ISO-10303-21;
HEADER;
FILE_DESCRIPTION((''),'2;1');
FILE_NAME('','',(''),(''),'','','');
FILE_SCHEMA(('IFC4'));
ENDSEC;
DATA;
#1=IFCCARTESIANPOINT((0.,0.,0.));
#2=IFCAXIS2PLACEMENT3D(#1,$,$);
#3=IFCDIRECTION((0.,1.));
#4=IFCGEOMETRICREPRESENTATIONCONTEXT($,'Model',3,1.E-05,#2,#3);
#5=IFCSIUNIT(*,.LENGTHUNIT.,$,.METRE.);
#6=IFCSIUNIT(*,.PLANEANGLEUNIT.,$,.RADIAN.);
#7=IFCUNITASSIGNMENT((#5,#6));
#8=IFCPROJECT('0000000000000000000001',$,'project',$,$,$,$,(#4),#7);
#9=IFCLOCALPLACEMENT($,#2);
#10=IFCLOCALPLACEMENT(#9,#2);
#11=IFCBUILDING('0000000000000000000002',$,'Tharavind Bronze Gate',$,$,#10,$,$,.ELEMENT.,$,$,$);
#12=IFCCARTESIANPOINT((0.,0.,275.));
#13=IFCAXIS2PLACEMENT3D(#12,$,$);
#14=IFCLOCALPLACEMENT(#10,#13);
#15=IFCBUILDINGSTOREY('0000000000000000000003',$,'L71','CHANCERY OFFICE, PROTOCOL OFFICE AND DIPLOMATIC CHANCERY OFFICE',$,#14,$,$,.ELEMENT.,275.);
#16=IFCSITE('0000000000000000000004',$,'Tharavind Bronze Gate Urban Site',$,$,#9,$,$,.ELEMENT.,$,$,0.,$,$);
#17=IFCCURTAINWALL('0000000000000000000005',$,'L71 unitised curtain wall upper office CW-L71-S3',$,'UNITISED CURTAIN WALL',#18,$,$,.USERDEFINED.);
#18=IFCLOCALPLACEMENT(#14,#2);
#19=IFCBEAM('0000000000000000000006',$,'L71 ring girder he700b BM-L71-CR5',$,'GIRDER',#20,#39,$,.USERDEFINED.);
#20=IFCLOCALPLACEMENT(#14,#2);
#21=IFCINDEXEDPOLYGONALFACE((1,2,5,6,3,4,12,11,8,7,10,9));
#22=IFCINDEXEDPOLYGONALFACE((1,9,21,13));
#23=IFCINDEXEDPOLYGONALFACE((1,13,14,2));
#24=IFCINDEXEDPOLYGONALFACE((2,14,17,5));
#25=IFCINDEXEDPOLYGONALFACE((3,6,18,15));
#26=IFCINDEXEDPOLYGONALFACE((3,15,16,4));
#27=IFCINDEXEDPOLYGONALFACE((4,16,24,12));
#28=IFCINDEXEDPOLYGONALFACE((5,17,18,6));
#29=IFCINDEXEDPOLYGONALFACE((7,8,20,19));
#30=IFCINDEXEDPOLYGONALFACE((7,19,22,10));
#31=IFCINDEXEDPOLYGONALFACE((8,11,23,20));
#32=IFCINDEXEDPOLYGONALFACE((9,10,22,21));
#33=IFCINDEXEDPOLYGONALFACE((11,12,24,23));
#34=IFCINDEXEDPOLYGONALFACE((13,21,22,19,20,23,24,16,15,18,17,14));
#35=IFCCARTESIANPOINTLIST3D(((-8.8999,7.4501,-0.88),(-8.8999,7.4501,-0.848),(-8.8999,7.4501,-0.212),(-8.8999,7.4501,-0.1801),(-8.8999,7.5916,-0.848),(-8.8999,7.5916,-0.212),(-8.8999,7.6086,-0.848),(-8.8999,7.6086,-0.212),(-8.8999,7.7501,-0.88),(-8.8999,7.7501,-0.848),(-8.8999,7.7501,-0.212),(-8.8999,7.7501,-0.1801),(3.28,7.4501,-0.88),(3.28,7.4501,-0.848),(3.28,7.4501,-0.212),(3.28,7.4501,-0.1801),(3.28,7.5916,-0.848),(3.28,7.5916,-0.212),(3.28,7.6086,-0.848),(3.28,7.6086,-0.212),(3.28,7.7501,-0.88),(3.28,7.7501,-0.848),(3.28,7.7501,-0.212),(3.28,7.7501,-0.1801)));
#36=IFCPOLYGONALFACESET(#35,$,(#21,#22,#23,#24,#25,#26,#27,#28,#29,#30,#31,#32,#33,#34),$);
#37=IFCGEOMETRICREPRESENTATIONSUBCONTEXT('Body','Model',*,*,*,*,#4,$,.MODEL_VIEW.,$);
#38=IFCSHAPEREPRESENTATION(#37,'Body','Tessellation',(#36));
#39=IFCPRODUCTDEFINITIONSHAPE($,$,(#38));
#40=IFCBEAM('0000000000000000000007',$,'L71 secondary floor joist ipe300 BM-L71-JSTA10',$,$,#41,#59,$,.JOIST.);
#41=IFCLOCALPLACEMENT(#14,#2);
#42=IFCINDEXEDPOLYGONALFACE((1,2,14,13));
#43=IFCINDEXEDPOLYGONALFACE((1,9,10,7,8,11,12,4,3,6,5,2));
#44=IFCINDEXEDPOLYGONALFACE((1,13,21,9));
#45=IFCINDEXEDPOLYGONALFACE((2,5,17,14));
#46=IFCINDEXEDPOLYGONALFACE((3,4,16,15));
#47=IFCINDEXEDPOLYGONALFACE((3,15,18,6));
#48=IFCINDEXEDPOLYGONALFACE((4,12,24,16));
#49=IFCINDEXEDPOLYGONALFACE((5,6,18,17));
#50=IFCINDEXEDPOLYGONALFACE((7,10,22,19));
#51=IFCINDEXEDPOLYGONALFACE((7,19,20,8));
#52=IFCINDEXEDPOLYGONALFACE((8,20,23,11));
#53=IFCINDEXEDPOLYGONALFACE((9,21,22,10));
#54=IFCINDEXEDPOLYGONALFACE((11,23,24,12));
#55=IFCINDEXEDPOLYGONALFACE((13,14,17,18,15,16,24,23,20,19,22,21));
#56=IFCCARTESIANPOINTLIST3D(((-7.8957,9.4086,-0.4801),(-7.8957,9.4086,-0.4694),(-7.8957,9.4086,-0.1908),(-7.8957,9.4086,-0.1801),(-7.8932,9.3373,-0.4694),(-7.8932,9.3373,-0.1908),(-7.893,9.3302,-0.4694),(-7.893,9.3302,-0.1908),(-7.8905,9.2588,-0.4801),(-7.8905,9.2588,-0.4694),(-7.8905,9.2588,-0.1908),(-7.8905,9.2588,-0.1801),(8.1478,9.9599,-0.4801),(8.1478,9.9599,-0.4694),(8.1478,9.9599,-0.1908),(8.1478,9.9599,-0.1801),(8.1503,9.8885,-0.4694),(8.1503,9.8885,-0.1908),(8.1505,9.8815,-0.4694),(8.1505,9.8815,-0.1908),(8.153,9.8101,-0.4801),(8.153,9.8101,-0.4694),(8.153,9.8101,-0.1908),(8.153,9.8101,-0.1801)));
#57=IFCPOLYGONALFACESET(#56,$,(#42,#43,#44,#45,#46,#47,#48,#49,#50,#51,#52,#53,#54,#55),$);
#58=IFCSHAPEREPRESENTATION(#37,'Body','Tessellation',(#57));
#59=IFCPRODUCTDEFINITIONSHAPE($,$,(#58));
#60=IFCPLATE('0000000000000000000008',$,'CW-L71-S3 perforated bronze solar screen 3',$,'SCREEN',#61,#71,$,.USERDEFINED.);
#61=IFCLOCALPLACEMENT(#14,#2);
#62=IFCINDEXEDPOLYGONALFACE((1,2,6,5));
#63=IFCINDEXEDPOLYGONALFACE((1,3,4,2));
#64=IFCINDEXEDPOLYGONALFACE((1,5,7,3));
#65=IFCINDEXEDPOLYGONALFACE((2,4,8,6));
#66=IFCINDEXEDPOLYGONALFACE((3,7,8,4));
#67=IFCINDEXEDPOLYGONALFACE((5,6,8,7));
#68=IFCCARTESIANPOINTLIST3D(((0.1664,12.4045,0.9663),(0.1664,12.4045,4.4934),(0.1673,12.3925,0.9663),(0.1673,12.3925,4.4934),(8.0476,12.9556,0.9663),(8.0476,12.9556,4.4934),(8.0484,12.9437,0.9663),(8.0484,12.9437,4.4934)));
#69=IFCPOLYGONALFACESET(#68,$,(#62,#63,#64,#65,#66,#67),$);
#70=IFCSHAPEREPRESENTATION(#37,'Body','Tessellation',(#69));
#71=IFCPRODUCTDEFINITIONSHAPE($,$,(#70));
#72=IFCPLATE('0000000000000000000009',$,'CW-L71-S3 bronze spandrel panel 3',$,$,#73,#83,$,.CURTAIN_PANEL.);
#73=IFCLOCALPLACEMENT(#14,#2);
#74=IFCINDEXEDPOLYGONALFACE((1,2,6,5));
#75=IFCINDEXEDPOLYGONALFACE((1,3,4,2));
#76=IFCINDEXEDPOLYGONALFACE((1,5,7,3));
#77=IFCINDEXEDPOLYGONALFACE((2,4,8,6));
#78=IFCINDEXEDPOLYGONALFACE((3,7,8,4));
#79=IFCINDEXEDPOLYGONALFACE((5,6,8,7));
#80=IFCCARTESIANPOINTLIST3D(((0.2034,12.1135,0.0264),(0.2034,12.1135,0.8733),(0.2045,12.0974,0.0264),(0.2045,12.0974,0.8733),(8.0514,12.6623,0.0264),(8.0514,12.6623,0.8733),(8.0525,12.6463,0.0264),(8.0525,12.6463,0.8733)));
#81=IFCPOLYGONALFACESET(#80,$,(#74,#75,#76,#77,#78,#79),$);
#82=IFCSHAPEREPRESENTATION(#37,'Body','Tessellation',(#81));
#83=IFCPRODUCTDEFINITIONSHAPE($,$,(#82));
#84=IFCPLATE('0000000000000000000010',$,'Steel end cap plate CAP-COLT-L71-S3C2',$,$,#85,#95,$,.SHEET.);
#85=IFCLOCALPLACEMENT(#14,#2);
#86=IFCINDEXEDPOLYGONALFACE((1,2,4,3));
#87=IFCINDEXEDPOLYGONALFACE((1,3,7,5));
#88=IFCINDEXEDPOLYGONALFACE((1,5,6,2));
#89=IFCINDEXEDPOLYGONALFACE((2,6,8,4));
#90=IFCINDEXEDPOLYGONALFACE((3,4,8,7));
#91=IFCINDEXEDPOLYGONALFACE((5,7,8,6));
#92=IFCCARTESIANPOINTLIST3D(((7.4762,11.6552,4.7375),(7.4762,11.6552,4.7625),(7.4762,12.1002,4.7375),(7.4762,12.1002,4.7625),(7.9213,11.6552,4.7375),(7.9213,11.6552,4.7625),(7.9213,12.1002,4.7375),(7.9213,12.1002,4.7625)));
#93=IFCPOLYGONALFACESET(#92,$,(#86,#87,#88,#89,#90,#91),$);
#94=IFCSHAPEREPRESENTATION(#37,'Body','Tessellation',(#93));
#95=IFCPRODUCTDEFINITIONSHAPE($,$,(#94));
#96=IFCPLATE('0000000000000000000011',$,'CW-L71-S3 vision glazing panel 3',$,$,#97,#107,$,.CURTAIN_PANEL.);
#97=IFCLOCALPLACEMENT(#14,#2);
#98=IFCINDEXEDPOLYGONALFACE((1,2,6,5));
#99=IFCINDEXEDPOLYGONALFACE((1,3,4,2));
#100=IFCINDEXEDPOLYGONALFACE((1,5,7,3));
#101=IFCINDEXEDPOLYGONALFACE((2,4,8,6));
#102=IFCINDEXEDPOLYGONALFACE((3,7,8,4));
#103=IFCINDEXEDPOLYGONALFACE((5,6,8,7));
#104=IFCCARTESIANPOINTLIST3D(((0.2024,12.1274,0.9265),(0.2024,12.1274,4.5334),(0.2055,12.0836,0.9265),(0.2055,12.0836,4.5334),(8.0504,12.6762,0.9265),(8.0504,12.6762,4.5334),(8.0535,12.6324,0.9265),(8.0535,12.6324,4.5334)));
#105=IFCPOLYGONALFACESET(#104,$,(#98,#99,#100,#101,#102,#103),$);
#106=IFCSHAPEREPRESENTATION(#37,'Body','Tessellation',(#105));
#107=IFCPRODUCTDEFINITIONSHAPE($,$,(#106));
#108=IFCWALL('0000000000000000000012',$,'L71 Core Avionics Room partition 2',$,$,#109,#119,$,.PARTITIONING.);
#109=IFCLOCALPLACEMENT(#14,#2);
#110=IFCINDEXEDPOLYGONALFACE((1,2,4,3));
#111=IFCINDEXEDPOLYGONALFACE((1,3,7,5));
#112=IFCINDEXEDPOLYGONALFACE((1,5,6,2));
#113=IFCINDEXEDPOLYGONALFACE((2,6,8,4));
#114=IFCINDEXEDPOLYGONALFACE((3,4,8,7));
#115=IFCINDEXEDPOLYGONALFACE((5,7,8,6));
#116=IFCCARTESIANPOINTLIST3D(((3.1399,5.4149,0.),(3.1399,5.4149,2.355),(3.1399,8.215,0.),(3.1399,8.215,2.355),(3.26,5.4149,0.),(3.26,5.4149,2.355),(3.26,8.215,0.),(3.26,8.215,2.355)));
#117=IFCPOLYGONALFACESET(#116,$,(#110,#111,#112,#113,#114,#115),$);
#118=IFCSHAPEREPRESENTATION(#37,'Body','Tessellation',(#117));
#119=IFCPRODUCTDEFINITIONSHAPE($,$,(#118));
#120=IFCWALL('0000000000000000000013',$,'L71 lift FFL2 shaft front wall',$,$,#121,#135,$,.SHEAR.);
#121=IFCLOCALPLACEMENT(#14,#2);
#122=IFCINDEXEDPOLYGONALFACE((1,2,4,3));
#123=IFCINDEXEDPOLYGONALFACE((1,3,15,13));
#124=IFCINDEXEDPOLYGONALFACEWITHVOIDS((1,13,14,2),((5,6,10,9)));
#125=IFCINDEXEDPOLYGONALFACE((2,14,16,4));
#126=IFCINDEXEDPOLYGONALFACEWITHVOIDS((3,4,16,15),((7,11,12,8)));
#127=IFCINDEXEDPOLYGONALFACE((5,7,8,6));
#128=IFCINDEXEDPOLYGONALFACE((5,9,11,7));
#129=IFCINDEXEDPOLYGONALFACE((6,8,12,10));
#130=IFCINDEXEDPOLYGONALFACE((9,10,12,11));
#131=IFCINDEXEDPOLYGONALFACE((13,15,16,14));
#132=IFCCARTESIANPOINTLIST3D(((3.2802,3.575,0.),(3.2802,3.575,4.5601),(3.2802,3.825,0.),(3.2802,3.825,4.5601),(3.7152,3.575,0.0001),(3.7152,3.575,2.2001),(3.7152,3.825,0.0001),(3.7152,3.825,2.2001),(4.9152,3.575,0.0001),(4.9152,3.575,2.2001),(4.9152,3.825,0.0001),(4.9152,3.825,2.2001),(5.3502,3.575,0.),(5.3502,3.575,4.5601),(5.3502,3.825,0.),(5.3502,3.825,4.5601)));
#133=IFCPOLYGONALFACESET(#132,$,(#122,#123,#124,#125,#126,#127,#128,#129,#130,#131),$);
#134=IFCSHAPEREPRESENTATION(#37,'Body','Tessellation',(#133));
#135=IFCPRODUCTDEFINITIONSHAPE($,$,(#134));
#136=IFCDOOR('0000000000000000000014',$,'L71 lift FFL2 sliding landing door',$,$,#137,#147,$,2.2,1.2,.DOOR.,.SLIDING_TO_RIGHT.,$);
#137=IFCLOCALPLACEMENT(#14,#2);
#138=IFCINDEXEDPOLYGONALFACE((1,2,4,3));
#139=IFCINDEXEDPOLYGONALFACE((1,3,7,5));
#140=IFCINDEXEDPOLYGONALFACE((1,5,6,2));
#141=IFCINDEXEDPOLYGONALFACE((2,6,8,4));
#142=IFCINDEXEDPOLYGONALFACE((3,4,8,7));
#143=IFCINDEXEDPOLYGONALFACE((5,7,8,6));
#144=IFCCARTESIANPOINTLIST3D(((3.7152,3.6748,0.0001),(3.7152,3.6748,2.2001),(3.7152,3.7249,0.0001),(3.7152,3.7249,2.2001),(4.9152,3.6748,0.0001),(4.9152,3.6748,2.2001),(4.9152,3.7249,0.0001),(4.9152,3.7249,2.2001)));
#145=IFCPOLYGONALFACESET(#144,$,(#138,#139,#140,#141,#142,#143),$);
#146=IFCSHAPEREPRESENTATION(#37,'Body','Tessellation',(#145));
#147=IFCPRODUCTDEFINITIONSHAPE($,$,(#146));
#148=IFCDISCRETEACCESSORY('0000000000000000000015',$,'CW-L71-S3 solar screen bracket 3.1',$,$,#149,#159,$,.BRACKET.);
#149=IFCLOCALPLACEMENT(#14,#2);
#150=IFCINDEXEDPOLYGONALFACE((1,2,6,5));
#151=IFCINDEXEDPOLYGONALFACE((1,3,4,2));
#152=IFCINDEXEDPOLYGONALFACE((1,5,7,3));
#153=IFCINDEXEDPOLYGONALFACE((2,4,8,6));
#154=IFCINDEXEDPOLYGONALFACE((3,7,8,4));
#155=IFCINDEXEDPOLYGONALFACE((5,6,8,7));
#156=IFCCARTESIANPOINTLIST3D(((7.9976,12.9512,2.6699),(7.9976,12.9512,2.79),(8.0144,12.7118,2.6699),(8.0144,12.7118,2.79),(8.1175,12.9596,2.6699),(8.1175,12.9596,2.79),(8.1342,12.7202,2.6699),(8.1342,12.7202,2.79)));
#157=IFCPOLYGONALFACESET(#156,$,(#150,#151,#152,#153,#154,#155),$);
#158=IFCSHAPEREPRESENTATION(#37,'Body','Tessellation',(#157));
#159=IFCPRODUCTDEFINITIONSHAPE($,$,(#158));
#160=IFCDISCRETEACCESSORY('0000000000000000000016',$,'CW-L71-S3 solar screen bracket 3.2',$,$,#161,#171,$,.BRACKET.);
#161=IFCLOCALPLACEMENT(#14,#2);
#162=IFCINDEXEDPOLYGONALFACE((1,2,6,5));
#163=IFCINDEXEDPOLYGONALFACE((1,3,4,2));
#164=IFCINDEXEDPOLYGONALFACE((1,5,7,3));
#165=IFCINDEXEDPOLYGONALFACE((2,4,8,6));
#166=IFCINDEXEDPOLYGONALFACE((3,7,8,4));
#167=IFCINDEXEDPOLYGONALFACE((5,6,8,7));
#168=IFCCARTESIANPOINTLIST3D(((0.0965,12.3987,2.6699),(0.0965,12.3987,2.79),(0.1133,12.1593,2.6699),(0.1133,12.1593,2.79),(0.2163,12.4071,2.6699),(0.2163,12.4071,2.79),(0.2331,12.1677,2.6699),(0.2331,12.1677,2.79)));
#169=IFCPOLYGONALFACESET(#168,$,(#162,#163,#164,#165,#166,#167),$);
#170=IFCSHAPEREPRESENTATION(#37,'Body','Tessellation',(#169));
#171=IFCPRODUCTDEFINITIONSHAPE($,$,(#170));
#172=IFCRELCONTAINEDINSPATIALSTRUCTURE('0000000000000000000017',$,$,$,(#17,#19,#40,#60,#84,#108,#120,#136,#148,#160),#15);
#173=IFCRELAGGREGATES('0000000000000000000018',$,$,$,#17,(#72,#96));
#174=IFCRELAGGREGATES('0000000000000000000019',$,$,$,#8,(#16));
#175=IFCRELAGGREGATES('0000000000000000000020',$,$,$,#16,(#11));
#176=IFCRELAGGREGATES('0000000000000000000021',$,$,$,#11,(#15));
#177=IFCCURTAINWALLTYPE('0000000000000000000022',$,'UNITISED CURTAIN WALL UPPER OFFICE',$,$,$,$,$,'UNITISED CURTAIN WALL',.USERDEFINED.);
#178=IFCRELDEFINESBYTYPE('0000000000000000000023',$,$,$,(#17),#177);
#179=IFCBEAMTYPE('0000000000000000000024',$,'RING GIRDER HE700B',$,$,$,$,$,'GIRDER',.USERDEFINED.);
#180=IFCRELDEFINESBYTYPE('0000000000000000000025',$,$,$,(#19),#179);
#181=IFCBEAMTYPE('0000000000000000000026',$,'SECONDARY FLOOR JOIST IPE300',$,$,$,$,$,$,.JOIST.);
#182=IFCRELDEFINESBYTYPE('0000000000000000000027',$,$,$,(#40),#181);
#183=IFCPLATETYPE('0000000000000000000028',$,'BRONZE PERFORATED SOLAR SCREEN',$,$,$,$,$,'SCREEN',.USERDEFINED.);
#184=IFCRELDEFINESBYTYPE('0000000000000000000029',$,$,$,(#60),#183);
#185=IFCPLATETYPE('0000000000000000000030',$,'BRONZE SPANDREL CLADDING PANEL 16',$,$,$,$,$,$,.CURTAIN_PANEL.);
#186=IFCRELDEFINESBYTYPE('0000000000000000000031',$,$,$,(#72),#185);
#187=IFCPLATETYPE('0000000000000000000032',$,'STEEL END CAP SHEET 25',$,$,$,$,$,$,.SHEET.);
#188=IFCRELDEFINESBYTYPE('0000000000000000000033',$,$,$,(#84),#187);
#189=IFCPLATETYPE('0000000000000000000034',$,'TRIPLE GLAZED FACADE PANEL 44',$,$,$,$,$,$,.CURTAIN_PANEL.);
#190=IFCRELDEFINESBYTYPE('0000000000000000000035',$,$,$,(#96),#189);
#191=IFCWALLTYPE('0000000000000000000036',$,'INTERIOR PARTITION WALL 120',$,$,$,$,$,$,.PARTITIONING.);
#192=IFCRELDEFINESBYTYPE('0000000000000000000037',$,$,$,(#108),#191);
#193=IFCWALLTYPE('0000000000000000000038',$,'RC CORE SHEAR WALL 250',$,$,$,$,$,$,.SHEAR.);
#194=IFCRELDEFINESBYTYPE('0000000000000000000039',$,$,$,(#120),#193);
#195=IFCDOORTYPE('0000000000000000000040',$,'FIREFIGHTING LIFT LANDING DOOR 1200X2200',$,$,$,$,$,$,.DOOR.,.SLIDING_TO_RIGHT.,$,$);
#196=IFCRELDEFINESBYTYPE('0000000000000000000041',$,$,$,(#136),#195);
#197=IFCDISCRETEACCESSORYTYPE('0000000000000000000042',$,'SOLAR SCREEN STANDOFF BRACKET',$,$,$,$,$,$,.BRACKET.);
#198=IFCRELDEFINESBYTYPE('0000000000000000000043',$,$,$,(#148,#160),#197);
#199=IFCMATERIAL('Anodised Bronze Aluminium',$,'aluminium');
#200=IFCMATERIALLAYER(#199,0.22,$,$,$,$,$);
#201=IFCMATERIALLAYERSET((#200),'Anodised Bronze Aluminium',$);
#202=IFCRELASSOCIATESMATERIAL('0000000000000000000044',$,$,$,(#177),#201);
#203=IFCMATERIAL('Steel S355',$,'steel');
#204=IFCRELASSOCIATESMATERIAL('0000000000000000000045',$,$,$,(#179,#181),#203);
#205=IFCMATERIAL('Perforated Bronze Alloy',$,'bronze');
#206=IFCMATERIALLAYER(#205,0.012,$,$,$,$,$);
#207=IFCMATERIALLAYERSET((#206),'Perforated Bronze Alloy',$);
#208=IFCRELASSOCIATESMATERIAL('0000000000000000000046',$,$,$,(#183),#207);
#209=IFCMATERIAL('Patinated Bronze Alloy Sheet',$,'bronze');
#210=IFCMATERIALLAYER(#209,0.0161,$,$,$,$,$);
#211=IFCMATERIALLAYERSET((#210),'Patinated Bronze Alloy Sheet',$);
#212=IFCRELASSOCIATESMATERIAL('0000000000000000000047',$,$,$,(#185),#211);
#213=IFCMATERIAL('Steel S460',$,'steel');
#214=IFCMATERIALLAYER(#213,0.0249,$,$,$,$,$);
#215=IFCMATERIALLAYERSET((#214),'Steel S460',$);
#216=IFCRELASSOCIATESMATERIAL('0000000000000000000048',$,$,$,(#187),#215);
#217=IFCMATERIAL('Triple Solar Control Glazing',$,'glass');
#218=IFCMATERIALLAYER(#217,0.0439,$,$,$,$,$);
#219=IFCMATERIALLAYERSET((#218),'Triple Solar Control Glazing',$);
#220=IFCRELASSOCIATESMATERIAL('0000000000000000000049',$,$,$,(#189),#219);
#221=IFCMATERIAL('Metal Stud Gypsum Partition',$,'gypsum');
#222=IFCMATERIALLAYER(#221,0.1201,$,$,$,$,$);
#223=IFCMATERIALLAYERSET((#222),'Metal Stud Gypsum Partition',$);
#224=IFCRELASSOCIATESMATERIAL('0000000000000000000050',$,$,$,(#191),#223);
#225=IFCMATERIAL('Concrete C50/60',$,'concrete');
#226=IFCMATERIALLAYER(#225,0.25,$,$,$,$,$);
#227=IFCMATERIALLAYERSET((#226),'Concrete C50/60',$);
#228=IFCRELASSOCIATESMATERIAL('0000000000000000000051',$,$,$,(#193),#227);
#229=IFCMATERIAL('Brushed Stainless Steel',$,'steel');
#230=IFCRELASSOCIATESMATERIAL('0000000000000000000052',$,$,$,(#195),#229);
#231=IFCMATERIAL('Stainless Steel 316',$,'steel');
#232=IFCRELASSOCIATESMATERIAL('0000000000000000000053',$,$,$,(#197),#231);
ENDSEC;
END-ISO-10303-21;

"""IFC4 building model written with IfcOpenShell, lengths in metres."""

from ifc_helpers import new_model, si_unit, direction, frame, frame_2d, origin, origin_2d, place, context, subcontext, project, spatial, rectangle, i_section, extrude, material, layer, layer_set, material_profile, profile_set, type_object, element, fill, aggregate, save


model = new_model("IFC4")

# Units and contexts
model_context = context("Model", 3, precision=1e-05, world=origin(), true_north=direction((0.0, 1.0)))
body_context = subcontext(model_context, "Body", "Model", "MODEL_VIEW")
ifc_project = project(units=[si_unit("LENGTHUNIT", "METRE"), si_unit("PLANEANGLEUNIT", "RADIAN")], contexts=[model_context])

# Site, building, storey
site_placement = place(None, origin())
site = spatial("IfcSite", under=ifc_project, at=site_placement, Name="Tharavind Bronze Gate Urban Site", CompositionType="ELEMENT", RefElevation=0.0)
building_placement = place(site_placement, origin())
building = spatial("IfcBuilding", under=site, at=building_placement, Name="Tharavind Bronze Gate", CompositionType="ELEMENT")
storey_placement = place(building_placement, frame((0.0, 0.0, 275.0)))
storey = spatial("IfcBuildingStorey", under=building, at=storey_placement, Name="L71", Description="CHANCERY OFFICE, PROTOCOL OFFICE AND DIPLOMATIC CHANCERY OFFICE", CompositionType="ELEMENT", Elevation=275.0)

# Shared definitions
ifc_material_1 = material(Name="Concrete C50/60", Category="concrete")
ifc_material_2 = material(Name="Steel S460", Category="steel")

# Curtain wall
ifc_material_3 = material(Name="Anodised Bronze Aluminium", Category="aluminium")
ifc_layer_1 = layer(ifc_material_3, 0.22)
ifc_layer_set_1 = layer_set([ifc_layer_1], Name="Anodised Bronze Aluminium")
curtain_wall_type = type_object("IfcCurtainWallType", Name="UNITISED CURTAIN WALL UPPER OFFICE", ElementType="UNITISED CURTAIN WALL", PredefinedType="USERDEFINED", material=ifc_layer_set_1)
curtain_wall_placement = place(storey_placement, origin())
curtain_wall = element("IfcCurtainWall", 1, at=curtain_wall_placement, inside=storey, type_object=curtain_wall_type, Name="L71 unitised curtain wall upper office CW-L71-S3", ObjectType="UNITISED CURTAIN WALL", PredefinedType="USERDEFINED")

# Beams
ifc_material_4 = material(Name="Steel S355", Category="steel")
ifc_material_profile_1 = material_profile(ifc_material_4, i_section(OverallWidth=0.3, OverallDepth=0.7, WebThickness=0.0171, FlangeThickness=0.032, at=origin_2d()), Name="HE700B")
ifc_profile_set_1 = profile_set([ifc_material_profile_1], Name="Steel S355")
beam_type_1 = type_object("IfcBeamType", Name="RING GIRDER HE700B", ElementType="GIRDER", PredefinedType="USERDEFINED", material=ifc_profile_set_1)
beam_1_placement = place(storey_placement, frame((3.28, 7.6001, -0.53), z_axis=(-1.0, 0.0, 0.0), x_axis=(0.0, -1.0, 0.0)))
element("IfcBeam", 2, at=beam_1_placement, inside=storey, type_object=beam_type_1, Name="L71 ring girder he700b BM-L71-CR5", ObjectType="GIRDER", PredefinedType="USERDEFINED", context=body_context, shape_type="SweptSolid", body=[
    extrude(i_section(OverallWidth=0.3, OverallDepth=0.7, WebThickness=0.0171, FlangeThickness=0.032, at=origin_2d()), origin(), (0.0, 0.0, 1.0), 12.1799),
])
ifc_material_profile_2 = material_profile(ifc_material_4, i_section(OverallWidth=0.1499, OverallDepth=0.3, WebThickness=0.0071, FlangeThickness=0.0107, at=origin_2d()), Name="IPE300")
ifc_profile_set_2 = profile_set([ifc_material_profile_2], Name="Steel S355")
beam_type_2 = type_object("IfcBeamType", Name="SECONDARY FLOOR JOIST IPE300", PredefinedType="JOIST", material=ifc_profile_set_2)
beam_2_placement = place(storey_placement, frame((8.1504, 9.885, -0.3301), z_axis=(-0.99941, -0.034341, 0.0), x_axis=(0.034341, -0.99941, 0.0)))
element("IfcBeam", 3, at=beam_2_placement, inside=storey, type_object=beam_type_2, Name="L71 secondary floor joist ipe300 BM-L71-JSTA10", PredefinedType="JOIST", context=body_context, shape_type="SweptSolid", body=[
    extrude(i_section(OverallWidth=0.1499, OverallDepth=0.3, WebThickness=0.0071, FlangeThickness=0.0107, at=origin_2d()), origin(), (0.0, 0.0, 1.0), 16.053),
])

# Plates
ifc_material_5 = material(Name="Perforated Bronze Alloy", Category="bronze")
ifc_layer_2 = layer(ifc_material_5, 0.012)
ifc_layer_set_2 = layer_set([ifc_layer_2], Name="Perforated Bronze Alloy")
plate_type_1 = type_object("IfcPlateType", Name="BRONZE PERFORATED SOLAR SCREEN", ElementType="SCREEN", PredefinedType="USERDEFINED", material=ifc_layer_set_2)
plate_1_placement = place(storey_placement, frame((4.1074, 12.6741, 0.9663), z_axis=(0.0, 0.0, 1.0), x_axis=(-0.997564, -0.06976, 0.0)))
element("IfcPlate", 4, at=plate_1_placement, inside=storey, type_object=plate_type_1, Name="CW-L71-S3 perforated bronze solar screen 3", ObjectType="SCREEN", PredefinedType="USERDEFINED", context=body_context, shape_type="SweptSolid", body=[
    extrude(rectangle(XDim=7.9004, YDim=0.012, at=origin_2d()), origin(), (0.0, 0.0, 1.0), 3.5271),
])
ifc_material_6 = material(Name="Patinated Bronze Alloy Sheet", Category="bronze")
ifc_layer_3 = layer(ifc_material_6, 0.0161)
ifc_layer_set_3 = layer_set([ifc_layer_3], Name="Patinated Bronze Alloy Sheet")
plate_type_2 = type_object("IfcPlateType", Name="BRONZE SPANDREL CLADDING PANEL 16", PredefinedType="CURTAIN_PANEL", material=ifc_layer_set_3)
plate_2_placement = place(storey_placement, frame((4.1279, 12.3799, 0.0264), z_axis=(0.0, 0.0, 1.0), x_axis=(-0.997564, -0.06976, 0.0)))
plate_2 = element("IfcPlate", 5, at=plate_2_placement, type_object=plate_type_2, Name="CW-L71-S3 bronze spandrel panel 3", PredefinedType="CURTAIN_PANEL", context=body_context, shape_type="SweptSolid", body=[
    extrude(rectangle(XDim=7.8672, YDim=0.0161, at=origin_2d()), origin(), (0.0, 0.0, 1.0), 0.8469),
])
ifc_layer_4 = layer(ifc_material_2, 0.0249)
ifc_layer_set_4 = layer_set([ifc_layer_4], Name="Steel S460")
plate_type_3 = type_object("IfcPlateType", Name="STEEL END CAP SHEET 25", PredefinedType="SHEET", material=ifc_layer_set_4)
plate_3_placement = place(storey_placement, frame((7.6987, 11.8777, 4.7375), z_axis=(0.0, 0.0, 1.0), x_axis=(1.0, 0.0, 0.0)))
element("IfcPlate", 6, at=plate_3_placement, inside=storey, type_object=plate_type_3, Name="Steel end cap plate CAP-COLT-L71-S3C2", PredefinedType="SHEET", context=body_context, shape_type="SweptSolid", body=[
    extrude(rectangle(XDim=0.4451, YDim=0.4451, at=origin_2d()), origin(), (0.0, 0.0, 1.0), 0.0249),
])
ifc_material_7 = material(Name="Triple Solar Control Glazing", Category="glass")
ifc_layer_5 = layer(ifc_material_7, 0.0439)
ifc_layer_set_5 = layer_set([ifc_layer_5], Name="Triple Solar Control Glazing")
plate_type_4 = type_object("IfcPlateType", Name="TRIPLE GLAZED FACADE PANEL 44", PredefinedType="CURTAIN_PANEL", material=ifc_layer_set_5)
plate_4_placement = place(storey_placement, frame((4.1279, 12.3799, 0.9265), z_axis=(0.0, 0.0, 1.0), x_axis=(-0.997564, -0.06976, 0.0)))
plate_4 = element("IfcPlate", 7, at=plate_4_placement, type_object=plate_type_4, Name="CW-L71-S3 vision glazing panel 3", PredefinedType="CURTAIN_PANEL", context=body_context, shape_type="SweptSolid", body=[
    extrude(rectangle(XDim=7.8672, YDim=0.0439, at=origin_2d()), origin(), (0.0, 0.0, 1.0), 3.6069),
])
aggregate(curtain_wall, [plate_2, plate_4])

# Wall
ifc_material_8 = material(Name="Metal Stud Gypsum Partition", Category="gypsum")
ifc_layer_6 = layer(ifc_material_8, 0.1201)
ifc_layer_set_6 = layer_set([ifc_layer_6], Name="Metal Stud Gypsum Partition")
wall_type_1 = type_object("IfcWallType", Name="INTERIOR PARTITION WALL 120", PredefinedType="PARTITIONING", material=ifc_layer_set_6)
wall_1_placement = place(storey_placement, frame((3.2, 5.415, 0.0), z_axis=(0.0, 0.0, 1.0), x_axis=(0.0, 1.0, 0.0)))
element("IfcWall", 8, at=wall_1_placement, inside=storey, type_object=wall_type_1, Name="L71 Core Avionics Room partition 2", PredefinedType="PARTITIONING", context=body_context, shape_type="SweptSolid", body=[
    extrude(rectangle(XDim=2.8, YDim=0.1201, at=frame_2d((1.3999, 0.0))), origin(), (0.0, 0.0, 1.0), 2.355),
])

# Wall, opening, door
ifc_layer_7 = layer(ifc_material_1, 0.25)
ifc_layer_set_7 = layer_set([ifc_layer_7], Name="Concrete C50/60")
wall_type_2 = type_object("IfcWallType", Name="RC CORE SHEAR WALL 250", PredefinedType="SHEAR", material=ifc_layer_set_7)
wall_2_placement = place(storey_placement, frame((3.28, 3.7, 0.0), z_axis=(0.0, 0.0, 1.0), x_axis=(1.0, 0.0, 0.0)))
wall_2 = element("IfcWall", 9, at=wall_2_placement, inside=storey, type_object=wall_type_2, Name="L71 lift FFL2 shaft front wall", PredefinedType="SHEAR", context=body_context, shape_type="SweptSolid", body=[
    extrude(rectangle(XDim=2.0701, YDim=0.25, at=frame_2d((1.0352, 0.0))), origin(), (0.0, 0.0, 1.0), 4.5601),
])
opening_1_placement = place(wall_2_placement, frame((0.4351, 0.0, 0.0)))
opening_1 = element("IfcOpeningElement", 10, at=opening_1_placement, cuts=wall_2, PredefinedType="OPENING", context=body_context, shape_type="SweptSolid", body=[
    extrude(rectangle(XDim=1.2, YDim=2.2, at=frame_2d((0.6001, 1.1001))), frame((0.0, 0.135, 0.0), z_axis=(0.0, -1.0, 0.0), x_axis=(1.0, 0.0, 0.0)), (0.0, 0.0, 1.0), 0.27),
])
ifc_material_9 = material(Name="Brushed Stainless Steel", Category="steel")
door_type_1 = type_object("IfcDoorType", Name="FIREFIGHTING LIFT LANDING DOOR 1200X2200", OperationType="SLIDING_TO_RIGHT", PredefinedType="DOOR", material=ifc_material_9)
door_1_placement = place(opening_1_placement, origin())
door_1 = element("IfcDoor", 11, at=door_1_placement, inside=storey, type_object=door_type_1, Name="L71 lift FFL2 sliding landing door", OperationType="SLIDING_TO_RIGHT", OverallHeight=2.2, OverallWidth=1.2, PredefinedType="DOOR", context=body_context, shape_type="SweptSolid", body=[
    extrude(rectangle(XDim=1.2, YDim=2.2, at=frame_2d((0.6001, 1.1001))), frame((0.0, 0.0249, 0.0), z_axis=(0.0, -1.0, 0.0), x_axis=(1.0, 0.0, 0.0)), (0.0, 0.0, 1.0), 0.05),
])
fill(opening_1, door_1)

# Discrete accessories
ifc_material_10 = material(Name="Stainless Steel 316", Category="steel")
discrete_accessory_type = type_object("IfcDiscreteAccessoryType", Name="SOLAR SCREEN STANDOFF BRACKET", PredefinedType="BRACKET", material=ifc_material_10)
for number, where, z_axis, x_axis, name in (
    (12, (8.0659, 12.8357, 2.6699), (0.0, 0.0, 1.0), (-0.997564, -0.06976, 0.0), "CW-L71-S3 solar screen bracket 3.1"),
    (13, (0.1648, 12.2832, 2.6699), (0.0, 0.0, 1.0), (-0.997564, -0.06976, 0.0), "CW-L71-S3 solar screen bracket 3.2"),
):
    element("IfcDiscreteAccessory", number, at=place(storey_placement, frame(where, z_axis=z_axis, x_axis=x_axis)), inside=storey, type_object=discrete_accessory_type, Name=name, PredefinedType="BRACKET", context=body_context, shape_type="SweptSolid", body=[
        extrude(rectangle(XDim=0.1201, YDim=0.24, at=origin_2d()), origin(), (0.0, 0.0, 1.0), 0.1201),
    ])

save(model, "model.ifc")
